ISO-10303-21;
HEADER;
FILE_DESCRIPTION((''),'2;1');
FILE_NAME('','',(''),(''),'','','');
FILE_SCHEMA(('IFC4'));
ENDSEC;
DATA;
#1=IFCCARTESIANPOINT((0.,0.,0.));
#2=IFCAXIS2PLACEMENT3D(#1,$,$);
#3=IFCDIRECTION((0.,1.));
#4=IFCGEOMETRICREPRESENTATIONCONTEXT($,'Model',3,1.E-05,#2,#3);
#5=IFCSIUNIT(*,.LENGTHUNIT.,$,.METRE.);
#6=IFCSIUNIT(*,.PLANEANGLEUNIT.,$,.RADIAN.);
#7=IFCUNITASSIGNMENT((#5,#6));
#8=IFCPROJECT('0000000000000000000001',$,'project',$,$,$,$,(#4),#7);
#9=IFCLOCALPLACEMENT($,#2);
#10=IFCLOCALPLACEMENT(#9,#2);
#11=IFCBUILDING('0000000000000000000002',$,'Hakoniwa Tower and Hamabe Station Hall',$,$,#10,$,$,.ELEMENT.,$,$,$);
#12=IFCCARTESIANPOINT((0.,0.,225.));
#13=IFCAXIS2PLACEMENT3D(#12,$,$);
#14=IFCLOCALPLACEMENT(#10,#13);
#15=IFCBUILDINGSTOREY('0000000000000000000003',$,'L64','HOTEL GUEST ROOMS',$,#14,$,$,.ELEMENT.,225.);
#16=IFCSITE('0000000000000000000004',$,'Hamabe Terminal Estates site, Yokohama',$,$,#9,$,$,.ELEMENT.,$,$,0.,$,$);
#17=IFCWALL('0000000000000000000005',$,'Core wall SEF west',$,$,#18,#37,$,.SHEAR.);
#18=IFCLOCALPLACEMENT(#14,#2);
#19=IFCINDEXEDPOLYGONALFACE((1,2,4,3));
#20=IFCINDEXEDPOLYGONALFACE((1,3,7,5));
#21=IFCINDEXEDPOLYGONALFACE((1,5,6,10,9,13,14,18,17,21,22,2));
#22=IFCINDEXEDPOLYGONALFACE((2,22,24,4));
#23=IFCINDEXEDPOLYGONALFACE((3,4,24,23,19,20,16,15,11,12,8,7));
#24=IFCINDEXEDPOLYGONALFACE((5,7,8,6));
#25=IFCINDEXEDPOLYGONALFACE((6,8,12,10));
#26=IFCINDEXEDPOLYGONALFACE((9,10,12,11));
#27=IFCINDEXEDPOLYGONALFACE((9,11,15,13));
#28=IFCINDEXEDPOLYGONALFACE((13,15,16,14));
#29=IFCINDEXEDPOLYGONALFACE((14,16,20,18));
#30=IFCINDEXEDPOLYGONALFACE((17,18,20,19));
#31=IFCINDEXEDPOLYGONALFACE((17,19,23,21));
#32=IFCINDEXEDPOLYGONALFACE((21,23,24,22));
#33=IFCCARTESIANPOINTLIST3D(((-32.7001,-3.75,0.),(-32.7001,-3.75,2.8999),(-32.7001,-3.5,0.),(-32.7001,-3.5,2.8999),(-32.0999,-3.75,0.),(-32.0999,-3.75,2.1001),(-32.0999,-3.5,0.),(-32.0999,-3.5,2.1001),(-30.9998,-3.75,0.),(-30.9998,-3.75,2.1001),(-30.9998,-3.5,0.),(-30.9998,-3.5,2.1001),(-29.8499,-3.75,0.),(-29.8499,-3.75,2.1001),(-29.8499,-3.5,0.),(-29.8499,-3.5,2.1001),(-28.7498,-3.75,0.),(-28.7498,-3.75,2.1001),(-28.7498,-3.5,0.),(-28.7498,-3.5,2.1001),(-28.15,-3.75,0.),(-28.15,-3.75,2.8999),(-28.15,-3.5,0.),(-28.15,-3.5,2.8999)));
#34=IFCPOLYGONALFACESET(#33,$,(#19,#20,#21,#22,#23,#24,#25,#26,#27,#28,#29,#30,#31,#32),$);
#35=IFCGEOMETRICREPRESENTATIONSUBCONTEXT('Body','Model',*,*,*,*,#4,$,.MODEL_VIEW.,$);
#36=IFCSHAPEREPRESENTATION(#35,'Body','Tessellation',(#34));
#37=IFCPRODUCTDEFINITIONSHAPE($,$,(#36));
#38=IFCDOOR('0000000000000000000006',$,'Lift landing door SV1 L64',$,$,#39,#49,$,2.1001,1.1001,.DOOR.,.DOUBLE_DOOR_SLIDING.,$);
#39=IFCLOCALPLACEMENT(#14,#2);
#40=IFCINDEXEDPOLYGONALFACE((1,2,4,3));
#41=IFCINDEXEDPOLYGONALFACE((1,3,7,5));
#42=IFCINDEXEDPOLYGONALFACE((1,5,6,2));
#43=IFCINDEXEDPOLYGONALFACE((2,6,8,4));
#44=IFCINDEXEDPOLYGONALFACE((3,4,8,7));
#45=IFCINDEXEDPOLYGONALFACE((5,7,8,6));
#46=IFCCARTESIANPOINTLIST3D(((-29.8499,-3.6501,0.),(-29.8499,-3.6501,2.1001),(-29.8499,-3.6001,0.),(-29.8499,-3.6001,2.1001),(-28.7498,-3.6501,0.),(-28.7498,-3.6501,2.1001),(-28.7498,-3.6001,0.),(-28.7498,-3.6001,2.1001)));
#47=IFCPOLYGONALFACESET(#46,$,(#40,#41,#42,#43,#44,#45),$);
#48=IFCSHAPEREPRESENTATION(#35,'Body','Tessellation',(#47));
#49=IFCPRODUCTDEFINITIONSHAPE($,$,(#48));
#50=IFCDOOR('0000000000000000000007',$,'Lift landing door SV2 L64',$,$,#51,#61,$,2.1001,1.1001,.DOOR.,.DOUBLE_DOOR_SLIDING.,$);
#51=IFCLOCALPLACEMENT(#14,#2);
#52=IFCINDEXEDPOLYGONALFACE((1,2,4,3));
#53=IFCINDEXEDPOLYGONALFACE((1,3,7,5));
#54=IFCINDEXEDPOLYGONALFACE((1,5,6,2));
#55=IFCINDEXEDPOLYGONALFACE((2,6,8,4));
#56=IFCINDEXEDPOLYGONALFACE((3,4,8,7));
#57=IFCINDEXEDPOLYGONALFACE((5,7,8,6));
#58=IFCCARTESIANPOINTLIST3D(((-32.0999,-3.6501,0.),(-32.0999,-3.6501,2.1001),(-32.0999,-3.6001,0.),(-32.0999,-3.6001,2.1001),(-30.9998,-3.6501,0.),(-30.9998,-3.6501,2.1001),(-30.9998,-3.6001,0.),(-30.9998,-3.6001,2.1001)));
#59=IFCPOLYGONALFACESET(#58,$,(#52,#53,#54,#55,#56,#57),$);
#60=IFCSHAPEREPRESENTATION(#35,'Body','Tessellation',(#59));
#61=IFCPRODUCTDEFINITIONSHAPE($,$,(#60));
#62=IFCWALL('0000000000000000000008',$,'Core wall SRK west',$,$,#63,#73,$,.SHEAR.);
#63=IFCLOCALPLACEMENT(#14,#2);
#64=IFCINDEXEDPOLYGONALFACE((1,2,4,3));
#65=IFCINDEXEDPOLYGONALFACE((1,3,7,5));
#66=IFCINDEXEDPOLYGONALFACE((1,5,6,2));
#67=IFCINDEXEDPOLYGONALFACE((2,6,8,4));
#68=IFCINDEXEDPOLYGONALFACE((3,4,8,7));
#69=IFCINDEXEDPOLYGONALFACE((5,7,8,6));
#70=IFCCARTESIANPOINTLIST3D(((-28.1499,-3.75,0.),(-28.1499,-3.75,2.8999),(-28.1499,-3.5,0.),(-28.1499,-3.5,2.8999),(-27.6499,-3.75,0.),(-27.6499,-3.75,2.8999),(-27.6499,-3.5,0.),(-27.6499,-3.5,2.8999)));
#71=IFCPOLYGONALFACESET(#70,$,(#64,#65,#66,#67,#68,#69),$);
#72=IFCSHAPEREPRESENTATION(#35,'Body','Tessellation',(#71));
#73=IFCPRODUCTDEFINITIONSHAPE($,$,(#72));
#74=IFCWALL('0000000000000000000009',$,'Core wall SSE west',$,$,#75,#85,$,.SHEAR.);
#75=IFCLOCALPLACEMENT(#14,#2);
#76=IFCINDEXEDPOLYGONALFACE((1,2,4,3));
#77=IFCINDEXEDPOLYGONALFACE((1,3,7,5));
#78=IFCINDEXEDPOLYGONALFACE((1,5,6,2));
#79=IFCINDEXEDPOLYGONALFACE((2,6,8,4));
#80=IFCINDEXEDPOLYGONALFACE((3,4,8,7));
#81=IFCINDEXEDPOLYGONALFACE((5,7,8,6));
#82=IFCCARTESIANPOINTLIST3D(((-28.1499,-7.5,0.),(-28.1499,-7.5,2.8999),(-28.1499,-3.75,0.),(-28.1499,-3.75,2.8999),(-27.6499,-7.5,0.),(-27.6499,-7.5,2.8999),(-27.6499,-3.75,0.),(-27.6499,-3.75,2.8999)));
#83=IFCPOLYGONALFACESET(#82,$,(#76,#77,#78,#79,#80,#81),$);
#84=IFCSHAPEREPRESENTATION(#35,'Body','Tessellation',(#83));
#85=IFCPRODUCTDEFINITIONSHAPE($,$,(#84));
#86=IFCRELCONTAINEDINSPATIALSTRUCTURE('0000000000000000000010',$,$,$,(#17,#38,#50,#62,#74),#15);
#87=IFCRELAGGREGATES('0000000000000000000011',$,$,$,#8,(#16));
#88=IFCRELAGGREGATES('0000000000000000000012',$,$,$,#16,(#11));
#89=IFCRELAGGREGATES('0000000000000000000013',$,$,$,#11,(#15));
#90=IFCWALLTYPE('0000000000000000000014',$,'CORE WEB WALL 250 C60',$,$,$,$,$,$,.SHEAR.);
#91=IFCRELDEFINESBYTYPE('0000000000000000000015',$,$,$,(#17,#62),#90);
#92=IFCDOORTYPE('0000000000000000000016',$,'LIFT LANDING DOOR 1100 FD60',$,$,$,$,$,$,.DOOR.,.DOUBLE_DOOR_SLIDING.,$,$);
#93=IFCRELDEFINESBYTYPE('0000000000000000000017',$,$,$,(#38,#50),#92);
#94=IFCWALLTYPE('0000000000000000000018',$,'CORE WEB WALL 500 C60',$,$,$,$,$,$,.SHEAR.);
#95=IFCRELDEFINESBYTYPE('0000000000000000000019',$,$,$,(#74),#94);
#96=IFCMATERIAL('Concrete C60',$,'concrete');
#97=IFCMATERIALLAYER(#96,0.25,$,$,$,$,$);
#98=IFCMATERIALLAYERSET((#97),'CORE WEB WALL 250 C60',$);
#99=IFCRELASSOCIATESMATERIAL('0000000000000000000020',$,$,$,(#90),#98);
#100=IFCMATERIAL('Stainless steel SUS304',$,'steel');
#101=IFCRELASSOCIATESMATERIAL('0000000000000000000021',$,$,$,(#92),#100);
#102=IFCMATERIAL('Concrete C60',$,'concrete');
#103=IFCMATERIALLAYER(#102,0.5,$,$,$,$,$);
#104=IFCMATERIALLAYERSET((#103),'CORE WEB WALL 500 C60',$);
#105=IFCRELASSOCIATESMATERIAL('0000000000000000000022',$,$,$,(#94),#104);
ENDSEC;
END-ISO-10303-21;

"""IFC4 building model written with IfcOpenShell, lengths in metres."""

from ifc_helpers import new_model, si_unit, direction, frame, frame_2d, origin, place, context, subcontext, project, spatial, rectangle, extrude, material, layer, layer_set, type_object, element, fill, save


model = new_model("IFC4")

# Units and contexts
model_context = context("Model", 3, precision=1e-05, world=origin(), true_north=direction((0.0, 1.0)))
body_context = subcontext(model_context, "Body", "Model", "MODEL_VIEW")
ifc_project = project(units=[si_unit("LENGTHUNIT", "METRE"), si_unit("PLANEANGLEUNIT", "RADIAN")], contexts=[model_context])

# Site, building, storey
site_placement = place(None, origin())
site = spatial("IfcSite", under=ifc_project, at=site_placement, Name="Hamabe Terminal Estates site, Yokohama", CompositionType="ELEMENT", RefElevation=0.0)
building_placement = place(site_placement, origin())
building = spatial("IfcBuilding", under=site, at=building_placement, Name="Hakoniwa Tower and Hamabe Station Hall", CompositionType="ELEMENT")
storey_placement = place(building_placement, frame((0.0, 0.0, 225.0)))
storey = spatial("IfcBuildingStorey", under=building, at=storey_placement, Name="L64", Description="HOTEL GUEST ROOMS", CompositionType="ELEMENT", Elevation=225.0)

# Shared definitions
ifc_material_1 = material(Name="Concrete C60", Category="concrete")
ifc_layer_1 = layer(ifc_material_1, 0.25)
ifc_layer_set_1 = layer_set([ifc_layer_1], Name="CORE WEB WALL 250 C60")
wall_type_1 = type_object("IfcWallType", Name="CORE WEB WALL 250 C60", PredefinedType="SHEAR", material=ifc_layer_set_1)
ifc_material_2 = material(Name="Stainless steel SUS304", Category="steel")
door_type_1 = type_object("IfcDoorType", Name="LIFT LANDING DOOR 1100 FD60", OperationType="DOUBLE_DOOR_SLIDING", PredefinedType="DOOR", material=ifc_material_2)

# Wall, openings, doors
wall_1_placement = place(storey_placement, frame((-32.7, -3.625, 0.0), z_axis=(0.0, 0.0, 1.0), x_axis=(1.0, 0.0, 0.0)))
wall_1 = element("IfcWall", 1, at=wall_1_placement, inside=storey, type_object=wall_type_1, Name="Core wall SEF west", PredefinedType="SHEAR", context=body_context, shape_type="SweptSolid", body=[
    extrude(rectangle(XDim=4.55, YDim=0.25, at=frame_2d((2.2749, 0.0))), origin(), (0.0, 0.0, 1.0), 2.8999),
])
opening_1_placement = place(wall_1_placement, frame((2.8501, 0.0, 0.0)))
opening_1 = element("IfcOpeningElement", 2, at=opening_1_placement, cuts=wall_1, PredefinedType="OPENING", context=body_context, shape_type="SweptSolid", body=[
    extrude(rectangle(XDim=1.1001, YDim=2.1001, at=frame_2d((0.55, 1.05))), frame((0.0, 0.135, 0.0), z_axis=(0.0, -1.0, 0.0), x_axis=(1.0, 0.0, 0.0)), (0.0, 0.0, 1.0), 0.27),
])
opening_2_placement = place(wall_1_placement, frame((0.6001, 0.0, 0.0)))
opening_2 = element("IfcOpeningElement", 3, at=opening_2_placement, cuts=wall_1, PredefinedType="OPENING", context=body_context, shape_type="SweptSolid", body=[
    extrude(rectangle(XDim=1.1001, YDim=2.1001, at=frame_2d((0.55, 1.05))), frame((0.0, 0.135, 0.0), z_axis=(0.0, -1.0, 0.0), x_axis=(1.0, 0.0, 0.0)), (0.0, 0.0, 1.0), 0.27),
])
door_1_placement = place(opening_1_placement, origin())
door_1 = element("IfcDoor", 4, at=door_1_placement, inside=storey, type_object=door_type_1, Name="Lift landing door SV1 L64", OperationType="DOUBLE_DOOR_SLIDING", OverallHeight=2.1001, OverallWidth=1.1001, PredefinedType="DOOR", context=body_context, shape_type="SweptSolid", body=[
    extrude(rectangle(XDim=1.1001, YDim=2.1001, at=frame_2d((0.55, 1.05))), frame((0.0, 0.0249, 0.0), z_axis=(0.0, -1.0, 0.0), x_axis=(1.0, 0.0, 0.0)), (0.0, 0.0, 1.0), 0.05),
])
fill(opening_1, door_1)
door_2_placement = place(opening_2_placement, origin())
door_2 = element("IfcDoor", 5, at=door_2_placement, inside=storey, type_object=door_type_1, Name="Lift landing door SV2 L64", OperationType="DOUBLE_DOOR_SLIDING", OverallHeight=2.1001, OverallWidth=1.1001, PredefinedType="DOOR", context=body_context, shape_type="SweptSolid", body=[
    extrude(rectangle(XDim=1.1001, YDim=2.1001, at=frame_2d((0.55, 1.05))), frame((0.0, 0.0249, 0.0), z_axis=(0.0, -1.0, 0.0), x_axis=(1.0, 0.0, 0.0)), (0.0, 0.0, 1.0), 0.05),
])
fill(opening_2, door_2)

# Walls
wall_2_placement = place(storey_placement, frame((-28.1499, -3.625, 0.0), z_axis=(0.0, 0.0, 1.0), x_axis=(1.0, 0.0, 0.0)))
element("IfcWall", 6, at=wall_2_placement, inside=storey, type_object=wall_type_1, Name="Core wall SRK west", PredefinedType="SHEAR", context=body_context, shape_type="SweptSolid", body=[
    extrude(rectangle(XDim=0.5, YDim=0.25, at=frame_2d((0.25, 0.0))), origin(), (0.0, 0.0, 1.0), 2.8999),
])
ifc_material_3 = material(Name="Concrete C60", Category="concrete")
ifc_layer_2 = layer(ifc_material_3, 0.5)
ifc_layer_set_2 = layer_set([ifc_layer_2], Name="CORE WEB WALL 500 C60")
wall_type_2 = type_object("IfcWallType", Name="CORE WEB WALL 500 C60", PredefinedType="SHEAR", material=ifc_layer_set_2)
wall_3_placement = place(storey_placement, frame((-27.8999, -7.5, 0.0), z_axis=(0.0, 0.0, 1.0), x_axis=(0.0, 1.0, 0.0)))
element("IfcWall", 7, at=wall_3_placement, inside=storey, type_object=wall_type_2, Name="Core wall SSE west", PredefinedType="SHEAR", context=body_context, shape_type="SweptSolid", body=[
    extrude(rectangle(XDim=3.75, YDim=0.5, at=frame_2d((1.875, 0.0))), origin(), (0.0, 0.0, 1.0), 2.8999),
])

save(model, "model.ifc")
